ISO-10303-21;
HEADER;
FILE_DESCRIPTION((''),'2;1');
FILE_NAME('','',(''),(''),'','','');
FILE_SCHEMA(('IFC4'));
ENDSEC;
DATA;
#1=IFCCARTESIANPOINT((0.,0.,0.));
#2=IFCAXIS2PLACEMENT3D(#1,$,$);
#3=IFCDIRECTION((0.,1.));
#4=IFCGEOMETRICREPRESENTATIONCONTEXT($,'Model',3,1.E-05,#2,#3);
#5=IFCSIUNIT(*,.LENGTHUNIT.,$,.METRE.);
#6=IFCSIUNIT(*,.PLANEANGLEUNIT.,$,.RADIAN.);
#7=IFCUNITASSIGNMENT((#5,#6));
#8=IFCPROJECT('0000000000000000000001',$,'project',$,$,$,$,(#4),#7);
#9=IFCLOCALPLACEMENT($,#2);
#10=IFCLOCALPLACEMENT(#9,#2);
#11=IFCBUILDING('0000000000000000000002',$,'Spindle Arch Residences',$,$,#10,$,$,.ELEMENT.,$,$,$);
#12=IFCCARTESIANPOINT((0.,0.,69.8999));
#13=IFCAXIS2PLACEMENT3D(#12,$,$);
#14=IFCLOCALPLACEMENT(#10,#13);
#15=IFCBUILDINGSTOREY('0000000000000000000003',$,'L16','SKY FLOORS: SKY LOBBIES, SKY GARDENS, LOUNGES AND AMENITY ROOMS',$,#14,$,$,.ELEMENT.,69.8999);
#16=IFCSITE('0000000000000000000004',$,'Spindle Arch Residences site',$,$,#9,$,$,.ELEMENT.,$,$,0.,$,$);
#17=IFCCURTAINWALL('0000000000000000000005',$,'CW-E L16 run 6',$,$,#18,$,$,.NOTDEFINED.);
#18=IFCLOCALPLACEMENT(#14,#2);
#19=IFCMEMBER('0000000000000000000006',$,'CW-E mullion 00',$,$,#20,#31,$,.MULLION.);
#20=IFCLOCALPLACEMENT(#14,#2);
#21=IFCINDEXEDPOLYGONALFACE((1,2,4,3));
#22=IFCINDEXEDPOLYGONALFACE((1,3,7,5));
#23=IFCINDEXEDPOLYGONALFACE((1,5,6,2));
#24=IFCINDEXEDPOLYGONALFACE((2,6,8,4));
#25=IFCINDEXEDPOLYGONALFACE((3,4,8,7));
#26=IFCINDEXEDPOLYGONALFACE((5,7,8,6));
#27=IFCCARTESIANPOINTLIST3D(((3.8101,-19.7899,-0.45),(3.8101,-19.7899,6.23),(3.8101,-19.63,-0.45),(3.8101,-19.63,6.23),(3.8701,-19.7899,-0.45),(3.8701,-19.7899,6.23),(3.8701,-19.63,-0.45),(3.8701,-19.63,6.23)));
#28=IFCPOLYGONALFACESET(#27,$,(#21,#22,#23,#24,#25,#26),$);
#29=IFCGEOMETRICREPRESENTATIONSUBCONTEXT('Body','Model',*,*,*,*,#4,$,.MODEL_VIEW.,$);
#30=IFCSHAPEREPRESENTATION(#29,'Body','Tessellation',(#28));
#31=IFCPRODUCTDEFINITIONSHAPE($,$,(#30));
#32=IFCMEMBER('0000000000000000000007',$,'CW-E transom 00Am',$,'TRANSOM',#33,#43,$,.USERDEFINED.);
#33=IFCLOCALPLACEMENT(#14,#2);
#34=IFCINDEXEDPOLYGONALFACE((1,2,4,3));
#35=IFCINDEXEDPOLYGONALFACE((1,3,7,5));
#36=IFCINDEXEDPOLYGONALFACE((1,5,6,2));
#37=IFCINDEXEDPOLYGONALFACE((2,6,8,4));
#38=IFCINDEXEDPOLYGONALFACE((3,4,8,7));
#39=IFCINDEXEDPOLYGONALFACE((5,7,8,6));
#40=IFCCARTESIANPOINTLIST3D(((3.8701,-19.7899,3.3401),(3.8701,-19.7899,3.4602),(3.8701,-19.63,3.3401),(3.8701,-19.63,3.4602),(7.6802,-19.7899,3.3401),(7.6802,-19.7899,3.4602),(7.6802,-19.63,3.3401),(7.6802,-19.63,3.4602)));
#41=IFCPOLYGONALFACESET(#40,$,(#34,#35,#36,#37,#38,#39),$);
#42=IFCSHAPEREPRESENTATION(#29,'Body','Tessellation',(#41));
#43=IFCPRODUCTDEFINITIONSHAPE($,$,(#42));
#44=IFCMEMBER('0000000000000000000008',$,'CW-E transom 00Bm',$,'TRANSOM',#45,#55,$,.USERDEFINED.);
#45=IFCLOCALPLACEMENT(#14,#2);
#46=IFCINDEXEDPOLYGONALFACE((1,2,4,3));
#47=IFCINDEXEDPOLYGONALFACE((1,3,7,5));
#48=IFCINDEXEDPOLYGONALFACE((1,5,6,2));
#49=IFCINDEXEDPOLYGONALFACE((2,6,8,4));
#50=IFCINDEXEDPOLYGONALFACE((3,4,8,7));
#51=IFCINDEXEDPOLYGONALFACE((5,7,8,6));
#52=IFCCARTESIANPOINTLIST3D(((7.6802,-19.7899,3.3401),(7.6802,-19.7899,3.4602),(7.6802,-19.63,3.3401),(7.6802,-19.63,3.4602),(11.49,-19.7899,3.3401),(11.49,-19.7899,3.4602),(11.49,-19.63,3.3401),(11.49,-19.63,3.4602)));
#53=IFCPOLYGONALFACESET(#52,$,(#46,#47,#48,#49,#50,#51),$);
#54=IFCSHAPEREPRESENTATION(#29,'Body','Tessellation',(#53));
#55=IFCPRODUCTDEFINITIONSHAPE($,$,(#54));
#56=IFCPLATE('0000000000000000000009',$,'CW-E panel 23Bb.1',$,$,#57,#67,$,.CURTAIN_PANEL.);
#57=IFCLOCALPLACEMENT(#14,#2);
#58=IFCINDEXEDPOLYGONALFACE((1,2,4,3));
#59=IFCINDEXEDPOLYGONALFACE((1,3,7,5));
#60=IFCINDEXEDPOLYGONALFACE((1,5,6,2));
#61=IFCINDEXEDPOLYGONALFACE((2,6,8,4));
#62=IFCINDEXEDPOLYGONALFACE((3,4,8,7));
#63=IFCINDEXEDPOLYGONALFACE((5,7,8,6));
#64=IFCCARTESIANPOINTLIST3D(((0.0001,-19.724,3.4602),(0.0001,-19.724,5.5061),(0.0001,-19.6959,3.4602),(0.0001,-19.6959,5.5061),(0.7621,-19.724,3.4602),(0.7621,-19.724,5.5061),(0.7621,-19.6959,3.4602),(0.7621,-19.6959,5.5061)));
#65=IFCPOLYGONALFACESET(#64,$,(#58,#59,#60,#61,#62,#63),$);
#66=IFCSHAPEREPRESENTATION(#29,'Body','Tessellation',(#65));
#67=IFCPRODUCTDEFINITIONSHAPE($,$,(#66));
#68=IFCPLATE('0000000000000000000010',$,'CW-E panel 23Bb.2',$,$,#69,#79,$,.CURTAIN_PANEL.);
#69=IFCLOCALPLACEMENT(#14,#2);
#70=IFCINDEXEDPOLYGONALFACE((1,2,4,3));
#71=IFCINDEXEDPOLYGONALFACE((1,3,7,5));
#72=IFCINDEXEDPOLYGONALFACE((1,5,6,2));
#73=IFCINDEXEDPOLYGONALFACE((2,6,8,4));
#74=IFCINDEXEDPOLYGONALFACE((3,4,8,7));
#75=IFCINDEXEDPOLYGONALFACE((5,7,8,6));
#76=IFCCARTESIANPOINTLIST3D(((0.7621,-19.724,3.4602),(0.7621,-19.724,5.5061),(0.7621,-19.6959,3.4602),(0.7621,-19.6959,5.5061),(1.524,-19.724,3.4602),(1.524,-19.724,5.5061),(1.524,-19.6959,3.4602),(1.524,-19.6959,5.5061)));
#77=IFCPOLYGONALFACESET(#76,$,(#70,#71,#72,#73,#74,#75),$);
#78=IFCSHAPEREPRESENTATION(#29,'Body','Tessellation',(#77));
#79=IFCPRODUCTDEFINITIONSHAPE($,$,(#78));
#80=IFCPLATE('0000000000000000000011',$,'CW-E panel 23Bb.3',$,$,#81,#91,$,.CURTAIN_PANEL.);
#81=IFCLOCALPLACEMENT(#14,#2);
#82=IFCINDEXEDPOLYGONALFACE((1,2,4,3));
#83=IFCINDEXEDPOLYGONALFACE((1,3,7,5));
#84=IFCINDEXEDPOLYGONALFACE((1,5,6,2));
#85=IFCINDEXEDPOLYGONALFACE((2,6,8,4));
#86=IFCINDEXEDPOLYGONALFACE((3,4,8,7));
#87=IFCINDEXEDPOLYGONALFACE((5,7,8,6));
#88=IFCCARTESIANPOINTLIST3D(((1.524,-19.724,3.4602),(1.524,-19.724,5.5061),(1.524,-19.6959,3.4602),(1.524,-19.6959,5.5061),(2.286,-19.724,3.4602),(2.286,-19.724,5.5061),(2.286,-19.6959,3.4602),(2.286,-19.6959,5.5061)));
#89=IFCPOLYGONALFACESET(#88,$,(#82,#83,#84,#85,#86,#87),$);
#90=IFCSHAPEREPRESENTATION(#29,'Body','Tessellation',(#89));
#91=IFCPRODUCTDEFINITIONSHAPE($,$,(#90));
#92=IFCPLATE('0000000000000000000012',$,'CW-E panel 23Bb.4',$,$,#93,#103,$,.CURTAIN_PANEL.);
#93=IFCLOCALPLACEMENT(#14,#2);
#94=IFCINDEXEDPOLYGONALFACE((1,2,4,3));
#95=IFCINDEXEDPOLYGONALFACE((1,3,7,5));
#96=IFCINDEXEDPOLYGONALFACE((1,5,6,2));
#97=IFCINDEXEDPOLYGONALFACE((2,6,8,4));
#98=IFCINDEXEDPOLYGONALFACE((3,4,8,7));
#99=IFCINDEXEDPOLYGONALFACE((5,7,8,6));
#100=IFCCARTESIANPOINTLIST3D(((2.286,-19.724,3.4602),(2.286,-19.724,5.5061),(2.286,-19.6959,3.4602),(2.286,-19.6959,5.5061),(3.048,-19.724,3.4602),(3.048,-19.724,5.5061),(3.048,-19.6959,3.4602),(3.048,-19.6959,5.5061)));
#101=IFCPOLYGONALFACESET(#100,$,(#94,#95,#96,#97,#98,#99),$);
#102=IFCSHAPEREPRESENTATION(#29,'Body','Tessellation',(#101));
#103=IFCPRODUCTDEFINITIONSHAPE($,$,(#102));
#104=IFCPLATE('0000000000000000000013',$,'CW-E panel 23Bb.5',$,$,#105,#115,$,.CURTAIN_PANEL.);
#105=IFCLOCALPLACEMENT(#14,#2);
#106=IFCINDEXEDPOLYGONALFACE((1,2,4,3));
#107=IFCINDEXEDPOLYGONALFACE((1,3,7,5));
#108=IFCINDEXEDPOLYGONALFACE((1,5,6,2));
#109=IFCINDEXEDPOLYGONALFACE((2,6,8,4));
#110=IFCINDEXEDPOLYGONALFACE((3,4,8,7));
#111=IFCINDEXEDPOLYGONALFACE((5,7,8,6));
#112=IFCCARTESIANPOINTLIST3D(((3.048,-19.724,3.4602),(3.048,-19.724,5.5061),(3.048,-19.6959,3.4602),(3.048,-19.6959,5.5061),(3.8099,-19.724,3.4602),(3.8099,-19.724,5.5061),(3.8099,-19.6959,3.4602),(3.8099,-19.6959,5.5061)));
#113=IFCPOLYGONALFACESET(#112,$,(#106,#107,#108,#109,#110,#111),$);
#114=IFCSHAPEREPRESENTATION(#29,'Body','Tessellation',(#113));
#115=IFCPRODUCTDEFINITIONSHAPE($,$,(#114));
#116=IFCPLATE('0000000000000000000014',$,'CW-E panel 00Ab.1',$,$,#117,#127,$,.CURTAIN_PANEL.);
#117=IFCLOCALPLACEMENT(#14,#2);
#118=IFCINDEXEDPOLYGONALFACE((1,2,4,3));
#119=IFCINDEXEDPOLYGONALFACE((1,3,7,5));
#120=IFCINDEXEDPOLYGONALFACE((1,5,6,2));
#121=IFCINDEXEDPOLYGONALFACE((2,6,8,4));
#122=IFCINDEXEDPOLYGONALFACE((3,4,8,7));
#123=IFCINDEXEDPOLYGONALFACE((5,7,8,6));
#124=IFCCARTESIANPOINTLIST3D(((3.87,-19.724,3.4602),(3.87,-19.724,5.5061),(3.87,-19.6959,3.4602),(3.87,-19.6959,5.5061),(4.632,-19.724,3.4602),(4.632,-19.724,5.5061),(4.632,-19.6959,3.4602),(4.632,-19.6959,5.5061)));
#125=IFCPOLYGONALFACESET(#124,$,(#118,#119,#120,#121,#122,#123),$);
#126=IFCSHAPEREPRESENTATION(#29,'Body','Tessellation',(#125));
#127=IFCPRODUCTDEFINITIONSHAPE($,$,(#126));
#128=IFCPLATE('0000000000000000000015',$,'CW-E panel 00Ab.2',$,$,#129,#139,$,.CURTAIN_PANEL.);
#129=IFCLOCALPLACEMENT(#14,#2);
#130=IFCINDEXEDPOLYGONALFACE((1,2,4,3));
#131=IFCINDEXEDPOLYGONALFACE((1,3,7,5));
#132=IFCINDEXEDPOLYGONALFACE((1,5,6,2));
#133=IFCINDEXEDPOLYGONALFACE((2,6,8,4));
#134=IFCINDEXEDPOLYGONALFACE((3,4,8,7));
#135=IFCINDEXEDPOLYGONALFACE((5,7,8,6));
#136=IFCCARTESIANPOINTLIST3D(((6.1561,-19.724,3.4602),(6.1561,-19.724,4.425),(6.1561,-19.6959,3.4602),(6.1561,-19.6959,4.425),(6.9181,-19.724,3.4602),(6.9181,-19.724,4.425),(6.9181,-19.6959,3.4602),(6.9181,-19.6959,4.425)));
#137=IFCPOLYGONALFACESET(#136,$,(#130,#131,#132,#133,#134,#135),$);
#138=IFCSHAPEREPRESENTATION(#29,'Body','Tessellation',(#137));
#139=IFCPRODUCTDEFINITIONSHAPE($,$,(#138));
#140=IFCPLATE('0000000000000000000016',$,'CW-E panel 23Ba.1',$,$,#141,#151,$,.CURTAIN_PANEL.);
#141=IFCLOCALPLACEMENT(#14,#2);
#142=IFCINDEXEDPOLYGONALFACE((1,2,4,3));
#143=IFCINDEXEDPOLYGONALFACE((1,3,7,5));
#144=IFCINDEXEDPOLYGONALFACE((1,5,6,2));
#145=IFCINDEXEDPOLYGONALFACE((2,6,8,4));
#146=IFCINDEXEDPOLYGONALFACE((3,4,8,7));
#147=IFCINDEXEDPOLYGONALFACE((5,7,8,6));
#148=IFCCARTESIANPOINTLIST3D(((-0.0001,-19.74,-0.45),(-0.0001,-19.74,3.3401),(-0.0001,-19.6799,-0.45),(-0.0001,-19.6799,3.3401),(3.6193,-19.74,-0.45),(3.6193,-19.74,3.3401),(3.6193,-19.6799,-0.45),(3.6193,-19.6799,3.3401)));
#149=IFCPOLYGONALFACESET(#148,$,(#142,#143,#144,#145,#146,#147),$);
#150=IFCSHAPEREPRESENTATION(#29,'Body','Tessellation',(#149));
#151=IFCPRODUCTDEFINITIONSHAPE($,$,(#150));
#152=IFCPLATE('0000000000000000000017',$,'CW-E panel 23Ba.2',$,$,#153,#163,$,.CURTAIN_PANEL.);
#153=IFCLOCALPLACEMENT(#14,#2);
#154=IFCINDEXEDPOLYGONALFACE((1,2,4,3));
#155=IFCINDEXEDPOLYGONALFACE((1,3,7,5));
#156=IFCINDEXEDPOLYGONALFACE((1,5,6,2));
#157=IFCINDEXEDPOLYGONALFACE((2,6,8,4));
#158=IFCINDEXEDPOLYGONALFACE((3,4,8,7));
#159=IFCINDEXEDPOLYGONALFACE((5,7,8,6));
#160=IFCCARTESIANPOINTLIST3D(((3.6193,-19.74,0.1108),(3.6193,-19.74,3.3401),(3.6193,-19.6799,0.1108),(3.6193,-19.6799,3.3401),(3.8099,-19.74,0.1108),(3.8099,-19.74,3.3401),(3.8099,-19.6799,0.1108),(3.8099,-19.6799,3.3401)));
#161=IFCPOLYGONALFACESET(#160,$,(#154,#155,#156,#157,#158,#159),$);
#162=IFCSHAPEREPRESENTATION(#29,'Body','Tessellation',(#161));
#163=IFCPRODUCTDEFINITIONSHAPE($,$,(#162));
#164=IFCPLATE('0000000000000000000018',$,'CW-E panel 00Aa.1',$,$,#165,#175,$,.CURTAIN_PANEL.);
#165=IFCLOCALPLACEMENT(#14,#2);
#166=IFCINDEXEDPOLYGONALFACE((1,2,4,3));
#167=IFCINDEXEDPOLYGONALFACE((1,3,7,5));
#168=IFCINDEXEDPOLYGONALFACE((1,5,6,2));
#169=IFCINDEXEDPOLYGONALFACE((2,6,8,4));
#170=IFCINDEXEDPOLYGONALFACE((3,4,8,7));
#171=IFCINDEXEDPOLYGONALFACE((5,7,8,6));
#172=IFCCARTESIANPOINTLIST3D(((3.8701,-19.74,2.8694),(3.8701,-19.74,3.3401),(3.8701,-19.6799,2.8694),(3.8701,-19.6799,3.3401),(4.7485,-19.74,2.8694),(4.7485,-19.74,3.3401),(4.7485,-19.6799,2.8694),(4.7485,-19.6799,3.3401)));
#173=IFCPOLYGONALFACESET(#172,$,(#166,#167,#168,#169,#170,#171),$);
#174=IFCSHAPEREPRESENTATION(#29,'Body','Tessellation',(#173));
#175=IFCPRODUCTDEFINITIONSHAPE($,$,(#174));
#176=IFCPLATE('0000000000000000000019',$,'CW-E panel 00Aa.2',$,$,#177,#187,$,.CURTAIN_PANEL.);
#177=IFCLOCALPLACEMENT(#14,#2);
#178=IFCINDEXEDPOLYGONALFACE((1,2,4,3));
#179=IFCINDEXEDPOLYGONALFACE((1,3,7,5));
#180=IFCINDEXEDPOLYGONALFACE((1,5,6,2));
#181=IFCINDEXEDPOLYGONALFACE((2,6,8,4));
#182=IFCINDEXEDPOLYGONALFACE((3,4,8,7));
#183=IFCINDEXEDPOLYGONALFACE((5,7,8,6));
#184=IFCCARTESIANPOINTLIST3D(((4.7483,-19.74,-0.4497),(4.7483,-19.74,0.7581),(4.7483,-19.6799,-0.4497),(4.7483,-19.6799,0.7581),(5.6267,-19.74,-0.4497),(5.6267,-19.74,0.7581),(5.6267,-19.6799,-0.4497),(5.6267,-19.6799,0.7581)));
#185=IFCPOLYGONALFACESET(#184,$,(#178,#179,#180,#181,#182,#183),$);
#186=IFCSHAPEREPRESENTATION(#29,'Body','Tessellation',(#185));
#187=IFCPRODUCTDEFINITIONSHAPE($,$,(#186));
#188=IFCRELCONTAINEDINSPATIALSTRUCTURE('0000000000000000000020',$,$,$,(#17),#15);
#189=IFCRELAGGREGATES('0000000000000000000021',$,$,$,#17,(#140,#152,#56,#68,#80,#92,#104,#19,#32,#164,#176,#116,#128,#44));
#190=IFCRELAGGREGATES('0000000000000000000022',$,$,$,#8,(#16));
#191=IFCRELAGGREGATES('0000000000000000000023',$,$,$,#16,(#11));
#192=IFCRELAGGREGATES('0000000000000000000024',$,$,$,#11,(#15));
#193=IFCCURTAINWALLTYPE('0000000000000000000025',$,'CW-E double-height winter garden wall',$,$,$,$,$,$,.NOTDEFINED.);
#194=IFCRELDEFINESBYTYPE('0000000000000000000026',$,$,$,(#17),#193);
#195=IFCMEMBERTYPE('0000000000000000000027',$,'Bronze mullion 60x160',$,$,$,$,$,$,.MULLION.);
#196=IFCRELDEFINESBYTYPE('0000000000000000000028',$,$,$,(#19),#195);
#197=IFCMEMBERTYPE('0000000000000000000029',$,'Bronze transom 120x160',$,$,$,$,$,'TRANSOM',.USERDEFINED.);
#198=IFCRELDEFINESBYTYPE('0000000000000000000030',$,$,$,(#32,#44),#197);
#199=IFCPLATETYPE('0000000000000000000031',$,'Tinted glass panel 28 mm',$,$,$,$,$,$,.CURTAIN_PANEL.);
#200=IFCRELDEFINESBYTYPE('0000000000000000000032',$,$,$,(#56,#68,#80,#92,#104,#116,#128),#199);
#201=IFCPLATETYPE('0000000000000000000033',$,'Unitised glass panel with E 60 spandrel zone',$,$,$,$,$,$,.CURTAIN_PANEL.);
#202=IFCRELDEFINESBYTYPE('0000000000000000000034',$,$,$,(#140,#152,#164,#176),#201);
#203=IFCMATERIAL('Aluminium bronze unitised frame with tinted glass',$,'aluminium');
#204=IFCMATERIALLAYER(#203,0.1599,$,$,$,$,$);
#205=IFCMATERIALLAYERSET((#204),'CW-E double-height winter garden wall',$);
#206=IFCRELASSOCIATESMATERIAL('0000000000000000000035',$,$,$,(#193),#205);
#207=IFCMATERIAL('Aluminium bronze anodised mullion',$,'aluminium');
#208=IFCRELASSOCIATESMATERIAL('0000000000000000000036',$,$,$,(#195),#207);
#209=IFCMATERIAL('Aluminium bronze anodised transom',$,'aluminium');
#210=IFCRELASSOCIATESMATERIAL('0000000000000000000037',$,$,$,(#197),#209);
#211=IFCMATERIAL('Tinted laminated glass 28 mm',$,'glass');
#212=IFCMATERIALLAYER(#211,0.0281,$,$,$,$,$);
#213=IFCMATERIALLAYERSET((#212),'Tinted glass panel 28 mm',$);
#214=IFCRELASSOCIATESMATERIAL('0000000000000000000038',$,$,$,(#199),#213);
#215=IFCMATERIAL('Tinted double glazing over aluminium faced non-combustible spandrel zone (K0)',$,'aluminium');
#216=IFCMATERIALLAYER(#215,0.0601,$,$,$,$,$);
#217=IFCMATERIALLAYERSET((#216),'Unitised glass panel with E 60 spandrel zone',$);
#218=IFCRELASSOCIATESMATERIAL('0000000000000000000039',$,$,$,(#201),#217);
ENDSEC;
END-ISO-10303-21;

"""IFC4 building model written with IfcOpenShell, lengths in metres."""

from ifc_helpers import new_model, si_unit, direction, frame, origin, origin_2d, place, context, subcontext, project, spatial, rectangle, extrude, material, layer, layer_set, material_profile, profile_set, type_object, element, aggregate, save


model = new_model("IFC4")

# Units and contexts
model_context = context("Model", 3, precision=1e-05, world=origin(), true_north=direction((0.0, 1.0)))
body_context = subcontext(model_context, "Body", "Model", "MODEL_VIEW")
ifc_project = project(units=[si_unit("LENGTHUNIT", "METRE"), si_unit("PLANEANGLEUNIT", "RADIAN")], contexts=[model_context])

# Site, building, storey
site_placement = place(None, origin())
site = spatial("IfcSite", under=ifc_project, at=site_placement, Name="Spindle Arch Residences site", CompositionType="ELEMENT", RefElevation=0.0)
building_placement = place(site_placement, origin())
building = spatial("IfcBuilding", under=site, at=building_placement, Name="Spindle Arch Residences", CompositionType="ELEMENT")
storey_placement = place(building_placement, frame((0.0, 0.0, 69.8999)))
storey = spatial("IfcBuildingStorey", under=building, at=storey_placement, Name="L16", Description="SKY FLOORS: SKY LOBBIES, SKY GARDENS, LOUNGES AND AMENITY ROOMS", CompositionType="ELEMENT", Elevation=69.8999)

# Curtain wall, members, plates
ifc_material_1 = material(Name="Aluminium bronze unitised frame with tinted glass", Category="aluminium")
ifc_layer_1 = layer(ifc_material_1, 0.1599)
ifc_layer_set_1 = layer_set([ifc_layer_1], Name="CW-E double-height winter garden wall")
curtain_wall_type = type_object("IfcCurtainWallType", Name="CW-E double-height winter garden wall", PredefinedType="NOTDEFINED", material=ifc_layer_set_1)
curtain_wall_placement = place(storey_placement, origin())
curtain_wall = element("IfcCurtainWall", 1, at=curtain_wall_placement, inside=storey, type_object=curtain_wall_type, Name="CW-E L16 run 6", PredefinedType="NOTDEFINED")
ifc_material_2 = material(Name="Aluminium bronze anodised mullion", Category="aluminium")
ifc_material_profile_1 = material_profile(ifc_material_2, rectangle(XDim=0.1599, YDim=0.0601, at=origin_2d()), Name="MU 60x160")
ifc_profile_set_1 = profile_set([ifc_material_profile_1], Name="Aluminium bronze anodised mullion")
member_type_1 = type_object("IfcMemberType", Name="Bronze mullion 60x160", PredefinedType="MULLION", material=ifc_profile_set_1)
member_1_placement = place(storey_placement, frame((3.8401, -19.71, -0.45), z_axis=(0.0, 0.0, 1.0), x_axis=(0.0, 1.0, 0.0)))
member_1 = element("IfcMember", 2, at=member_1_placement, type_object=member_type_1, Name="CW-E mullion 00", PredefinedType="MULLION", context=body_context, shape_type="SweptSolid", body=[
    extrude(rectangle(XDim=0.1599, YDim=0.0601, at=origin_2d()), origin(), (0.0, 0.0, 1.0), 6.6799),
])
ifc_material_3 = material(Name="Aluminium bronze anodised transom", Category="aluminium")
ifc_material_profile_2 = material_profile(ifc_material_3, rectangle(XDim=0.1599, YDim=0.1201, at=origin_2d()), Name="TR 120x160")
ifc_profile_set_2 = profile_set([ifc_material_profile_2], Name="Aluminium bronze anodised transom")
member_type_2 = type_object("IfcMemberType", Name="Bronze transom 120x160", ElementType="TRANSOM", PredefinedType="USERDEFINED", material=ifc_profile_set_2)
member_2_placement = place(storey_placement, frame((3.8701, -19.71, 3.4001), z_axis=(1.0, 0.0, 0.0), x_axis=(0.0, 1.0, 0.0)))
member_2 = element("IfcMember", 3, at=member_2_placement, type_object=member_type_2, Name="CW-E transom 00Am", ObjectType="TRANSOM", PredefinedType="USERDEFINED", context=body_context, shape_type="SweptSolid", body=[
    extrude(rectangle(XDim=0.1599, YDim=0.1201, at=origin_2d()), origin(), (0.0, 0.0, 1.0), 3.8101),
])
member_3_placement = place(storey_placement, frame((7.6802, -19.71, 3.4001), z_axis=(1.0, 0.0, 0.0), x_axis=(0.0, 1.0, 0.0)))
member_3 = element("IfcMember", 4, at=member_3_placement, type_object=member_type_2, Name="CW-E transom 00Bm", ObjectType="TRANSOM", PredefinedType="USERDEFINED", context=body_context, shape_type="SweptSolid", body=[
    extrude(rectangle(XDim=0.1599, YDim=0.1201, at=origin_2d()), origin(), (0.0, 0.0, 1.0), 3.8098),
])
ifc_material_4 = material(Name="Tinted laminated glass 28 mm", Category="glass")
ifc_layer_2 = layer(ifc_material_4, 0.0281)
ifc_layer_set_2 = layer_set([ifc_layer_2], Name="Tinted glass panel 28 mm")
plate_type_1 = type_object("IfcPlateType", Name="Tinted glass panel 28 mm", PredefinedType="CURTAIN_PANEL", material=ifc_layer_set_2)
plate_1_placement = place(storey_placement, frame((0.3811, -19.71, 3.4602), z_axis=(0.0, 0.0, 1.0), x_axis=(1.0, 0.0, 0.0)))
plate_1 = element("IfcPlate", 5, at=plate_1_placement, type_object=plate_type_1, Name="CW-E panel 23Bb.1", PredefinedType="CURTAIN_PANEL", context=body_context, shape_type="SweptSolid", body=[
    extrude(rectangle(XDim=0.762, YDim=0.0281, at=origin_2d()), origin(), (0.0, 0.0, 1.0), 2.0459),
])
plate_2_placement = place(storey_placement, frame((1.1431, -19.71, 3.4602), z_axis=(0.0, 0.0, 1.0), x_axis=(1.0, 0.0, 0.0)))
plate_2 = element("IfcPlate", 6, at=plate_2_placement, type_object=plate_type_1, Name="CW-E panel 23Bb.2", PredefinedType="CURTAIN_PANEL", context=body_context, shape_type="SweptSolid", body=[
    extrude(rectangle(XDim=0.762, YDim=0.0281, at=origin_2d()), origin(), (0.0, 0.0, 1.0), 2.0459),
])
plate_3_placement = place(storey_placement, frame((1.905, -19.71, 3.4602), z_axis=(0.0, 0.0, 1.0), x_axis=(1.0, 0.0, 0.0)))
plate_3 = element("IfcPlate", 7, at=plate_3_placement, type_object=plate_type_1, Name="CW-E panel 23Bb.3", PredefinedType="CURTAIN_PANEL", context=body_context, shape_type="SweptSolid", body=[
    extrude(rectangle(XDim=0.762, YDim=0.0281, at=origin_2d()), origin(), (0.0, 0.0, 1.0), 2.0459),
])
plate_4_placement = place(storey_placement, frame((2.667, -19.71, 3.4602), z_axis=(0.0, 0.0, 1.0), x_axis=(1.0, 0.0, 0.0)))
plate_4 = element("IfcPlate", 8, at=plate_4_placement, type_object=plate_type_1, Name="CW-E panel 23Bb.4", PredefinedType="CURTAIN_PANEL", context=body_context, shape_type="SweptSolid", body=[
    extrude(rectangle(XDim=0.762, YDim=0.0281, at=origin_2d()), origin(), (0.0, 0.0, 1.0), 2.0459),
])
plate_5_placement = place(storey_placement, frame((3.429, -19.71, 3.4602), z_axis=(0.0, 0.0, 1.0), x_axis=(1.0, 0.0, 0.0)))
plate_5 = element("IfcPlate", 9, at=plate_5_placement, type_object=plate_type_1, Name="CW-E panel 23Bb.5", PredefinedType="CURTAIN_PANEL", context=body_context, shape_type="SweptSolid", body=[
    extrude(rectangle(XDim=0.762, YDim=0.0281, at=origin_2d()), origin(), (0.0, 0.0, 1.0), 2.0459),
])
plate_6_placement = place(storey_placement, frame((4.251, -19.71, 3.4602), z_axis=(0.0, 0.0, 1.0), x_axis=(1.0, 0.0, 0.0)))
plate_6 = element("IfcPlate", 10, at=plate_6_placement, type_object=plate_type_1, Name="CW-E panel 00Ab.1", PredefinedType="CURTAIN_PANEL", context=body_context, shape_type="SweptSolid", body=[
    extrude(rectangle(XDim=0.762, YDim=0.0281, at=origin_2d()), origin(), (0.0, 0.0, 1.0), 2.0459),
])
plate_7_placement = place(storey_placement, frame((6.5371, -19.71, 3.4602), z_axis=(0.0, 0.0, 1.0), x_axis=(1.0, 0.0, 0.0)))
plate_7 = element("IfcPlate", 11, at=plate_7_placement, type_object=plate_type_1, Name="CW-E panel 00Ab.2", PredefinedType="CURTAIN_PANEL", context=body_context, shape_type="SweptSolid", body=[
    extrude(rectangle(XDim=0.762, YDim=0.0281, at=origin_2d()), origin(), (0.0, 0.0, 1.0), 0.9648),
])
ifc_material_5 = material(Name="Tinted double glazing over aluminium faced non-combustible spandrel zone (K0)", Category="aluminium")
ifc_layer_3 = layer(ifc_material_5, 0.0601)
ifc_layer_set_3 = layer_set([ifc_layer_3], Name="Unitised glass panel with E 60 spandrel zone")
plate_type_2 = type_object("IfcPlateType", Name="Unitised glass panel with E 60 spandrel zone", PredefinedType="CURTAIN_PANEL", material=ifc_layer_set_3)
plate_8_placement = place(storey_placement, frame((1.8096, -19.71, -0.45), z_axis=(0.0, 0.0, 1.0), x_axis=(1.0, 0.0, 0.0)))
plate_8 = element("IfcPlate", 12, at=plate_8_placement, type_object=plate_type_2, Name="CW-E panel 23Ba.1", PredefinedType="CURTAIN_PANEL", context=body_context, shape_type="SweptSolid", body=[
    extrude(rectangle(XDim=3.6194, YDim=0.0601, at=origin_2d()), origin(), (0.0, 0.0, 1.0), 3.79),
])
plate_9_placement = place(storey_placement, frame((3.7146, -19.71, 0.1108), z_axis=(0.0, 0.0, 1.0), x_axis=(1.0, 0.0, 0.0)))
plate_9 = element("IfcPlate", 13, at=plate_9_placement, type_object=plate_type_2, Name="CW-E panel 23Ba.2", PredefinedType="CURTAIN_PANEL", context=body_context, shape_type="SweptSolid", body=[
    extrude(rectangle(XDim=0.1907, YDim=0.0601, at=origin_2d()), origin(), (0.0, 0.0, 1.0), 3.2292),
])
plate_10_placement = place(storey_placement, frame((4.3093, -19.71, 2.8694), z_axis=(0.0, 0.0, 1.0), x_axis=(1.0, 0.0, 0.0)))
plate_10 = element("IfcPlate", 14, at=plate_10_placement, type_object=plate_type_2, Name="CW-E panel 00Aa.1", PredefinedType="CURTAIN_PANEL", context=body_context, shape_type="SweptSolid", body=[
    extrude(rectangle(XDim=0.8784, YDim=0.0601, at=origin_2d()), origin(), (0.0, 0.0, 1.0), 0.4707),
])
plate_11_placement = place(storey_placement, frame((5.1875, -19.71, -0.4497), z_axis=(0.0, 0.0, 1.0), x_axis=(1.0, 0.0, 0.0)))
plate_11 = element("IfcPlate", 15, at=plate_11_placement, type_object=plate_type_2, Name="CW-E panel 00Aa.2", PredefinedType="CURTAIN_PANEL", context=body_context, shape_type="SweptSolid", body=[
    extrude(rectangle(XDim=0.8784, YDim=0.0601, at=origin_2d()), origin(), (0.0, 0.0, 1.0), 1.2078),
])
aggregate(curtain_wall, [plate_8, plate_9, plate_1, plate_2, plate_3, plate_4, plate_5, member_1, member_2, plate_10, plate_11, plate_6, plate_7, member_3])

save(model, "model.ifc")
